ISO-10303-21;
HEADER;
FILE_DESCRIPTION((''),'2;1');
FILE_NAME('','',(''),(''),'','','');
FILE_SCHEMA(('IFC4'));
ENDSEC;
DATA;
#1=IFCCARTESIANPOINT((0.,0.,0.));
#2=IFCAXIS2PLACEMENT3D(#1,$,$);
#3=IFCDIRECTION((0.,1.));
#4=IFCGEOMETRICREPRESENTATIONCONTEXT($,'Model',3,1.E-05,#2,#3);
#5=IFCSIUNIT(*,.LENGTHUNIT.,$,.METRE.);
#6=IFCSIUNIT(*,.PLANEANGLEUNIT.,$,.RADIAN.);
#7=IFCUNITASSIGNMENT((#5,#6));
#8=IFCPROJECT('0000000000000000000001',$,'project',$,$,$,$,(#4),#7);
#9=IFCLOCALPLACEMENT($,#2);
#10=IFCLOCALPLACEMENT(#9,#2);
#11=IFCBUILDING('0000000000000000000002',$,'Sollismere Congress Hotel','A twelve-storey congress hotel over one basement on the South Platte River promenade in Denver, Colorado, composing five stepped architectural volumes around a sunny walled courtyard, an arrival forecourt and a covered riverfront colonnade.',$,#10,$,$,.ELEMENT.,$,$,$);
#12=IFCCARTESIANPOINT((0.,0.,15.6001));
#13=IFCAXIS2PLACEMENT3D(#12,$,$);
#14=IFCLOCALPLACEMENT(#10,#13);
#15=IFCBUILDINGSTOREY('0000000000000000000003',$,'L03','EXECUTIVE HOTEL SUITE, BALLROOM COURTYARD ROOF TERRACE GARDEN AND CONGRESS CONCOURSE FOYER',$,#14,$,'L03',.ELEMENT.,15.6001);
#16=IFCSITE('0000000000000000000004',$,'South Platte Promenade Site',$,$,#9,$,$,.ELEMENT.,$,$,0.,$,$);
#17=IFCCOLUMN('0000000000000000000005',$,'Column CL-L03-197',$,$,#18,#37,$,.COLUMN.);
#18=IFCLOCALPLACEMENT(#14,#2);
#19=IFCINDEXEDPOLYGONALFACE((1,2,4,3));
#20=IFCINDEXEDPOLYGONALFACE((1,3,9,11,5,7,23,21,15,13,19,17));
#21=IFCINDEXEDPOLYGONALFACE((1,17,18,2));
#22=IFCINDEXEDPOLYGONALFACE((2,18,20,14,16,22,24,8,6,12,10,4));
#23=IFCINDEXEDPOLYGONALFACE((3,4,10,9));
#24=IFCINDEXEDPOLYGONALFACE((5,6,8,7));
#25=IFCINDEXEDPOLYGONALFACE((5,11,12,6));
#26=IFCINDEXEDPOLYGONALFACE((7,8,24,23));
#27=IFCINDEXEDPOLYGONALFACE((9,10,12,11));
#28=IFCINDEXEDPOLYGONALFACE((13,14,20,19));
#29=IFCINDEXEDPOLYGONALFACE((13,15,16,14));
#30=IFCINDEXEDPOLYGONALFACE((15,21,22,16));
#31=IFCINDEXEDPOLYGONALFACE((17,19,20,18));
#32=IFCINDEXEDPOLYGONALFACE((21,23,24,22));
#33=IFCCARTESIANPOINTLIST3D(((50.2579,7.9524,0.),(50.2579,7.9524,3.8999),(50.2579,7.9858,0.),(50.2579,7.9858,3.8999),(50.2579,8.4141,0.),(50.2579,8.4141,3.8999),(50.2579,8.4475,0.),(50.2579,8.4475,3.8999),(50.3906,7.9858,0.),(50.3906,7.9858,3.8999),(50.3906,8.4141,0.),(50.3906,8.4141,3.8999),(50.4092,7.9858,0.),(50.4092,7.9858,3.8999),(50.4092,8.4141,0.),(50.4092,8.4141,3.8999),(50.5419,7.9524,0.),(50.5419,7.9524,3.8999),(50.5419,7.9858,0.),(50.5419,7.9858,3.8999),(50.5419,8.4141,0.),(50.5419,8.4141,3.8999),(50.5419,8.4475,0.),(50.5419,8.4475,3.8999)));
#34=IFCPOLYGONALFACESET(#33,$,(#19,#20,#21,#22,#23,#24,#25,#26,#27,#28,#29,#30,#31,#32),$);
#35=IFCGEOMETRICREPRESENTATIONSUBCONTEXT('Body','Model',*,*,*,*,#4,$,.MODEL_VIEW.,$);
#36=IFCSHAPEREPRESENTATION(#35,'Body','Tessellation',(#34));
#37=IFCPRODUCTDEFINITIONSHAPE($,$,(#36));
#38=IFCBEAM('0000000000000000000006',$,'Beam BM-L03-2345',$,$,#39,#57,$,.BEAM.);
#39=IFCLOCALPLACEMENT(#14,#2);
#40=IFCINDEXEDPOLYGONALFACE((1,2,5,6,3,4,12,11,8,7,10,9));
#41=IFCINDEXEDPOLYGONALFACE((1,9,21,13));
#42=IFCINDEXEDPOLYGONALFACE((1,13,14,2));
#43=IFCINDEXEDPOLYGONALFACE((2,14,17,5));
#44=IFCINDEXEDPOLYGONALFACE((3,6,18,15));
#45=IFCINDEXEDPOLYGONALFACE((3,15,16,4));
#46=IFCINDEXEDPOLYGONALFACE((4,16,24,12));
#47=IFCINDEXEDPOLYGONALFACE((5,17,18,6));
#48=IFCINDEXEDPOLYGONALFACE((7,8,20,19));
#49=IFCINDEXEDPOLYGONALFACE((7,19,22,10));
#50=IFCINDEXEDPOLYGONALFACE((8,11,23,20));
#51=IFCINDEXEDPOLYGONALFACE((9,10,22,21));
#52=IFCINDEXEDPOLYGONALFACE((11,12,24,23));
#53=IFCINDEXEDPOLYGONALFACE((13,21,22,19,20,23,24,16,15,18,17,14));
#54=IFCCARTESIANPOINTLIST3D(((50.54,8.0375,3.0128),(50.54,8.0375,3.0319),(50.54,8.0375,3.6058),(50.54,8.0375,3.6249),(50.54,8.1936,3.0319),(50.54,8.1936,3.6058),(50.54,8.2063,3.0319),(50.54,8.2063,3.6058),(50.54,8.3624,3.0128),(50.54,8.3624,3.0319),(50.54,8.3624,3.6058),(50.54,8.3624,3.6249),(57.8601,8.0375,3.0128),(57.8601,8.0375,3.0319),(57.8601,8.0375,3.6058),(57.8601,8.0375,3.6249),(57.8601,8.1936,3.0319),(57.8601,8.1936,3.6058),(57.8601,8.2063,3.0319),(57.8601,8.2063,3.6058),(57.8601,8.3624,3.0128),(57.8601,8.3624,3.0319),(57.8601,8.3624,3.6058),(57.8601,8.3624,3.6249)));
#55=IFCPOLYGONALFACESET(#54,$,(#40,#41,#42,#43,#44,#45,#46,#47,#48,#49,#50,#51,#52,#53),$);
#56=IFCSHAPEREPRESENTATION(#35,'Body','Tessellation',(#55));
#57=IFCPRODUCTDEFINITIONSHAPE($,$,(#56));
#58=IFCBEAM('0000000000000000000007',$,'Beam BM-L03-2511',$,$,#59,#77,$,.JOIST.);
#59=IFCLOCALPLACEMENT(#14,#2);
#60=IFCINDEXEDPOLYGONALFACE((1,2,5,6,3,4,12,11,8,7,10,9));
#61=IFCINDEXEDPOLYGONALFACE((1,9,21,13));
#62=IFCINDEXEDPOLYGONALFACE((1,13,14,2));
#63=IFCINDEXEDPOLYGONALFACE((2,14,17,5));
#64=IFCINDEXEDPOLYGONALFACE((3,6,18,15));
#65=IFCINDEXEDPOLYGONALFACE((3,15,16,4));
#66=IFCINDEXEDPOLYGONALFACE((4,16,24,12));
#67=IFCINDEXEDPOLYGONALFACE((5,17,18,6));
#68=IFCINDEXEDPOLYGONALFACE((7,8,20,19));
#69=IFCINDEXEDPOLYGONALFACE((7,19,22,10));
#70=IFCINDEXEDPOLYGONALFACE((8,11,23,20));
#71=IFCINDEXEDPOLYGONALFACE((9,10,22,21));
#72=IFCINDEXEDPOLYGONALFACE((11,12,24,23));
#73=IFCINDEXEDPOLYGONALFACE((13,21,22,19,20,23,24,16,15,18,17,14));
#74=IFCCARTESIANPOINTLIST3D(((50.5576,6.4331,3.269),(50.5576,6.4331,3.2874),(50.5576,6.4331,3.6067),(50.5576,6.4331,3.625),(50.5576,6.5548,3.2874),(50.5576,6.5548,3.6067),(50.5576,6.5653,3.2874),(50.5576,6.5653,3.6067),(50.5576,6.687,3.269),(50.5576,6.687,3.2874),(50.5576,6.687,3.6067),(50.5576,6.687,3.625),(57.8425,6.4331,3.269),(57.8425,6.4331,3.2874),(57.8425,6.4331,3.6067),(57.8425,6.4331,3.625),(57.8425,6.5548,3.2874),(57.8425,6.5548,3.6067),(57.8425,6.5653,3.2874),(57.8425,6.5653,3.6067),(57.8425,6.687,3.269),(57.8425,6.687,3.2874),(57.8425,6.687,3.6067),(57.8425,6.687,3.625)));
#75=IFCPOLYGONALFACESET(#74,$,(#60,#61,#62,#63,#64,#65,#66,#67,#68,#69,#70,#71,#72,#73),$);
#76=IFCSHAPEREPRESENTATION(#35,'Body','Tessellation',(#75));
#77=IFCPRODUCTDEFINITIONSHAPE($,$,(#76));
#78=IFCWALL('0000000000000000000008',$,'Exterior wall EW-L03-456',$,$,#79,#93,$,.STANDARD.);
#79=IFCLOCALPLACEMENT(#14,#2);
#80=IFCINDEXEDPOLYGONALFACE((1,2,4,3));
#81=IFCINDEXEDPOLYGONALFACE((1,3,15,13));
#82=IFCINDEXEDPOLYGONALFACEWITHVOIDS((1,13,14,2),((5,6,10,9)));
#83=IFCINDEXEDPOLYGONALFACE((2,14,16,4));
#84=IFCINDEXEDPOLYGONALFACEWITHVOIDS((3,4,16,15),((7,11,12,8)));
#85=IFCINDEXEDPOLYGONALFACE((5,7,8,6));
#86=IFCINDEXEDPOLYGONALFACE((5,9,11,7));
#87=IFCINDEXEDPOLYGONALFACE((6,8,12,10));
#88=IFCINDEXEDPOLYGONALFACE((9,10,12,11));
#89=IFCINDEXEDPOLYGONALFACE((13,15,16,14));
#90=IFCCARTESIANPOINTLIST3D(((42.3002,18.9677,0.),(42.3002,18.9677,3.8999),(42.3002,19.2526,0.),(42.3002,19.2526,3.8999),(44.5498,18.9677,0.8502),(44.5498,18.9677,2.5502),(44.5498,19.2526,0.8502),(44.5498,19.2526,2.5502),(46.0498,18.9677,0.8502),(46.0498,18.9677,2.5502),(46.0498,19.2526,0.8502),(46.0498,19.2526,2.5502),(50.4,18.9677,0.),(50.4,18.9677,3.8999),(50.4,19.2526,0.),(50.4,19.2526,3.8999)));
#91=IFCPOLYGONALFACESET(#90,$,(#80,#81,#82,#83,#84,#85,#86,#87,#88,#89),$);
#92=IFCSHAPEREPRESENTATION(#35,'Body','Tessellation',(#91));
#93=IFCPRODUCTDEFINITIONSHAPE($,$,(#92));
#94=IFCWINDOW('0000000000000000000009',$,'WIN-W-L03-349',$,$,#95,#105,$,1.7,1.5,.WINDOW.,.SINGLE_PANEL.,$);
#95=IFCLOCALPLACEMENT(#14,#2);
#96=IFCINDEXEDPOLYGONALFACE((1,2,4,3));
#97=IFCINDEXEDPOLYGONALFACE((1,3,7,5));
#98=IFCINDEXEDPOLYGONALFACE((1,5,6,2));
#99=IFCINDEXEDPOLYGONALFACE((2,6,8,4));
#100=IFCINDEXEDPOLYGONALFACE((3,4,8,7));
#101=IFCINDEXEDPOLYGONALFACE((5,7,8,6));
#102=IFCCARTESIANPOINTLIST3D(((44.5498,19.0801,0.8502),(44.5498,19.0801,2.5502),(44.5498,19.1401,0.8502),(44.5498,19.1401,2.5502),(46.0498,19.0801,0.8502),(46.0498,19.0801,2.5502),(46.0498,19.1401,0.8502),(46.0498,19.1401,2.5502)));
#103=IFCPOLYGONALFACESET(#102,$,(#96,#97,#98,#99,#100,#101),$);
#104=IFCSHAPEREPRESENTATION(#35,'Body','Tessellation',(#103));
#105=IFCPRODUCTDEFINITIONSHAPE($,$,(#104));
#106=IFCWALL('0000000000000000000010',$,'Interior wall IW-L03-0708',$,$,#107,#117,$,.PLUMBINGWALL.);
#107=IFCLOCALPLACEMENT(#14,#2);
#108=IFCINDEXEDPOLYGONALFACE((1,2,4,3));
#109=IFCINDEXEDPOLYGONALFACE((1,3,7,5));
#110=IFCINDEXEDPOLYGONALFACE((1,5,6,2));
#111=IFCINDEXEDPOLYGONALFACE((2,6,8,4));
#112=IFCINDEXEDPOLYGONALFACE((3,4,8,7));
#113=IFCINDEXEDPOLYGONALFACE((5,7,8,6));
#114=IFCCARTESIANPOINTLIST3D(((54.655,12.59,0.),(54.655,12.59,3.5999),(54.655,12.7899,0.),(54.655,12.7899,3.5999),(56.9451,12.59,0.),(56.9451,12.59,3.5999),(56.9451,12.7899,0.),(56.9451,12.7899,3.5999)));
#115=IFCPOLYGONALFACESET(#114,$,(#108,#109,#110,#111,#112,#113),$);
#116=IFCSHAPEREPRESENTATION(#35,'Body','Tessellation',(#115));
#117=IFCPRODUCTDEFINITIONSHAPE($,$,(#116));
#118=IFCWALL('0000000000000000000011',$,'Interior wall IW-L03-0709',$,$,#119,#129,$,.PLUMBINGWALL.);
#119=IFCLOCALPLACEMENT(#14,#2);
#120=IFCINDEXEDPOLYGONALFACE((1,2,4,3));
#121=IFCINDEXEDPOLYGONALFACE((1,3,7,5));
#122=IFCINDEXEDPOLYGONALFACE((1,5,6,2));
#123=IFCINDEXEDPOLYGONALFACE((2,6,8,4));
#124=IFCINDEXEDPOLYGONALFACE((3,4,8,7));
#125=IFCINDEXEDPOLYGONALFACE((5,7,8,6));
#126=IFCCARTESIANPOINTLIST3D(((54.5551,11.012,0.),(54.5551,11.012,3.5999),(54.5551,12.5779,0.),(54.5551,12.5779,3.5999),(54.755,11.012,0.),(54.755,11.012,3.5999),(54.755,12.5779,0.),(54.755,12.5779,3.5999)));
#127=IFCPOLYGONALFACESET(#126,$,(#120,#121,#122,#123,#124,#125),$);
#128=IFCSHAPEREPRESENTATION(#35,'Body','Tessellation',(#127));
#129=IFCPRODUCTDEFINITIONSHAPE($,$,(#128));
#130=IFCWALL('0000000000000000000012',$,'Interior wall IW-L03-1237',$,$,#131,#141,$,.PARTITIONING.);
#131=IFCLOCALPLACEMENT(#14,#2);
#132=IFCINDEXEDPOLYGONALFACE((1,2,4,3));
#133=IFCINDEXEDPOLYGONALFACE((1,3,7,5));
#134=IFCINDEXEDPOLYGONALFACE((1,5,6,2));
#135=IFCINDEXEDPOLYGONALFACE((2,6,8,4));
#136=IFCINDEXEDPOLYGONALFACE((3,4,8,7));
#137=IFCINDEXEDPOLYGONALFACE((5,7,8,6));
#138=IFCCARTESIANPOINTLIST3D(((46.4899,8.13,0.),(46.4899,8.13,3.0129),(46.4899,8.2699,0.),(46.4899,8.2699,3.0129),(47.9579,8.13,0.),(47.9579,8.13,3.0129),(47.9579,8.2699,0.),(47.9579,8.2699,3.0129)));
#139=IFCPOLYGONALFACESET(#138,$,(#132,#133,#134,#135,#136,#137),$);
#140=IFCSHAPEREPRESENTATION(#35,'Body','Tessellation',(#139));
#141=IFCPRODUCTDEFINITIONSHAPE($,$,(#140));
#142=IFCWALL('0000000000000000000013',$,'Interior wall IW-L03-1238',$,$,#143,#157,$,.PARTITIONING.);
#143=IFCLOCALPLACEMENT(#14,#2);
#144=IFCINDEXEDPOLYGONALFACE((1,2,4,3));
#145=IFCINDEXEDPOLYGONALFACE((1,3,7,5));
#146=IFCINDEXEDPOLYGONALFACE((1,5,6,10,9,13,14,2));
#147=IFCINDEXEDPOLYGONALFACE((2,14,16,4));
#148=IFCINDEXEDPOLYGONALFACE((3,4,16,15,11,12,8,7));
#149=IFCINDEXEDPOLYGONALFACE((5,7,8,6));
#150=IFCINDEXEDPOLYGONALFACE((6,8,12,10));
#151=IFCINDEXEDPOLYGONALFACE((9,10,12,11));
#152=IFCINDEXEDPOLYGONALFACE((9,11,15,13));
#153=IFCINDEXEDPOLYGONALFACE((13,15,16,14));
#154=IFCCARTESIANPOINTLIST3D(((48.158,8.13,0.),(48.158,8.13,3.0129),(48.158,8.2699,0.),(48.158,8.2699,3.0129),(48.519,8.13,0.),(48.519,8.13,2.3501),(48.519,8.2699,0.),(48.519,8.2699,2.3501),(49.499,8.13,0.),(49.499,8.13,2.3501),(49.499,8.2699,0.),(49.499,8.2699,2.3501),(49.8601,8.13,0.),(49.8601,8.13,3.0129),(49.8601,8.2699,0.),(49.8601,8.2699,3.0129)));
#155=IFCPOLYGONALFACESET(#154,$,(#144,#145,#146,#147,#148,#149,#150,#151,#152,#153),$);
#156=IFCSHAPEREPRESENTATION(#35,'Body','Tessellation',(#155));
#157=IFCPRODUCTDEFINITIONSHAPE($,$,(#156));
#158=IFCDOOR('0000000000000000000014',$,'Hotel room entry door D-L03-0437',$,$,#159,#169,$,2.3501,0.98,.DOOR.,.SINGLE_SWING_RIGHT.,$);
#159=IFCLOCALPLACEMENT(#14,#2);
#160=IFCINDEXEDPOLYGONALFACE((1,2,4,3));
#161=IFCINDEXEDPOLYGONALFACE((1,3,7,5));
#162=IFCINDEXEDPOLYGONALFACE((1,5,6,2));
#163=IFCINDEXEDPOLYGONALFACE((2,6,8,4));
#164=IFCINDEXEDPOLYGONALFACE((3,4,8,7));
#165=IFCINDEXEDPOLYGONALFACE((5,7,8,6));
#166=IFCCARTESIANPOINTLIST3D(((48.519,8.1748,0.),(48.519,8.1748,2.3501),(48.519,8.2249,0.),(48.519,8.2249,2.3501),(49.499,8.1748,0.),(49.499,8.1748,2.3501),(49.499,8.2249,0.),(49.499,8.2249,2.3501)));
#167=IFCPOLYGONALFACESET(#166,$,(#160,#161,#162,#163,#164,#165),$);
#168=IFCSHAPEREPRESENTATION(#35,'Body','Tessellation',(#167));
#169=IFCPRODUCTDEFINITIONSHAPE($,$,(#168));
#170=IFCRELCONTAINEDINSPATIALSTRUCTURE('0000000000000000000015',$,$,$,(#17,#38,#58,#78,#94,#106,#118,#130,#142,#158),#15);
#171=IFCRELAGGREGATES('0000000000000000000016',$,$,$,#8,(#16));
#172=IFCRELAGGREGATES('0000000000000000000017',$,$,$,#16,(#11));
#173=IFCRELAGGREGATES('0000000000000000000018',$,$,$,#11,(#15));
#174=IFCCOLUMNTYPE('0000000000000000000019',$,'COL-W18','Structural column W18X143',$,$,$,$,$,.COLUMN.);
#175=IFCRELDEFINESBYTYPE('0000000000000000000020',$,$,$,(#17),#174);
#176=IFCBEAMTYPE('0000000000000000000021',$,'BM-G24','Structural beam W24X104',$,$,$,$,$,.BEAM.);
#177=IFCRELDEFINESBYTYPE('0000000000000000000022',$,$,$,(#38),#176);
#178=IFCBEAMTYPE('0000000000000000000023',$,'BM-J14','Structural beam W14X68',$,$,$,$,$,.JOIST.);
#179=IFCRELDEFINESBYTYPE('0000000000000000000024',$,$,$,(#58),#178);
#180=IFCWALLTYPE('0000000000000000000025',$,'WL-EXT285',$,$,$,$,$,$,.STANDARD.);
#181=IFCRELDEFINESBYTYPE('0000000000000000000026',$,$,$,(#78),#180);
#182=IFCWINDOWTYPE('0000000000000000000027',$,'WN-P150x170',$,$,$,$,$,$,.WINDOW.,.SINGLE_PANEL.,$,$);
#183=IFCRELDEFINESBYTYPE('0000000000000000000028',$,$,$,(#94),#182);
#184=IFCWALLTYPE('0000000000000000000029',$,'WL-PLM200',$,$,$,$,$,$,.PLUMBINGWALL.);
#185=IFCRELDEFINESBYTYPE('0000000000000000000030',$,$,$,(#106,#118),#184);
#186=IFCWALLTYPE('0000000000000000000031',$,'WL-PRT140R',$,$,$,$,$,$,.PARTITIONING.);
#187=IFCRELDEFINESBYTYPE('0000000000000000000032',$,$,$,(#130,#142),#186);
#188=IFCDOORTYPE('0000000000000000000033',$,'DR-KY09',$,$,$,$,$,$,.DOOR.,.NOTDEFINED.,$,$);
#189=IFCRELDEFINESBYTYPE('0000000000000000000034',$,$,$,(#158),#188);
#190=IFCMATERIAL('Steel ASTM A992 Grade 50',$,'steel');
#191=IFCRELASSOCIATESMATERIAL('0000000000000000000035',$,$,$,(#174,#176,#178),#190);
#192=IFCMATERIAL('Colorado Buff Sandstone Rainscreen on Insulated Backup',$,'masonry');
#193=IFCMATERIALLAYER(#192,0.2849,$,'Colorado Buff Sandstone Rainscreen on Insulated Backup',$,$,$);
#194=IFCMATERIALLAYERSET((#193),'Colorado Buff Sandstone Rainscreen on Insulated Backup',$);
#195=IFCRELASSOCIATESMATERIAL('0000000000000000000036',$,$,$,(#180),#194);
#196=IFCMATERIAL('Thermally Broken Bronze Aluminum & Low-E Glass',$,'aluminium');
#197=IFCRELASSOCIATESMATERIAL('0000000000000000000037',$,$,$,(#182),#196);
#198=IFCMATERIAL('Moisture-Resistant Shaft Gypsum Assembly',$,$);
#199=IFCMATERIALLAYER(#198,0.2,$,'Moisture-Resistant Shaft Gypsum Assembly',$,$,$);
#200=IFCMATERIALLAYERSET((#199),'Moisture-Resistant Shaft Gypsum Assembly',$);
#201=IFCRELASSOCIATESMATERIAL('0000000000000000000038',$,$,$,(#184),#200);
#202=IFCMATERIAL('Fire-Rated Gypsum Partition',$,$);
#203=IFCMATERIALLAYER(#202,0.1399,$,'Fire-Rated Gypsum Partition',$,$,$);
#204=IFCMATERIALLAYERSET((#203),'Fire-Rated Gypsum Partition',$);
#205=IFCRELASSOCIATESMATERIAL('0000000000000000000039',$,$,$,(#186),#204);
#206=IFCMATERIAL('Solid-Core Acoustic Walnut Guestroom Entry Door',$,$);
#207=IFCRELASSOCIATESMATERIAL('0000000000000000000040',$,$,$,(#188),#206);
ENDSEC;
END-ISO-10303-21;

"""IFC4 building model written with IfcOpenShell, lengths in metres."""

from ifc_helpers import new_model, si_unit, direction, frame, frame_2d, origin, origin_2d, place, context, subcontext, project, spatial, rectangle, i_section, extrude, material, layer, layer_set, material_profile, profile_set, type_object, element, fill, save


model = new_model("IFC4")

# Units and contexts
model_context = context("Model", 3, precision=1e-05, world=origin(), true_north=direction((0.0, 1.0)))
body_context = subcontext(model_context, "Body", "Model", "MODEL_VIEW")
ifc_project = project(units=[si_unit("LENGTHUNIT", "METRE"), si_unit("PLANEANGLEUNIT", "RADIAN")], contexts=[model_context])

# Site, building, storey
site_placement = place(None, origin())
site = spatial("IfcSite", under=ifc_project, at=site_placement, Name="South Platte Promenade Site", CompositionType="ELEMENT", RefElevation=0.0)
building_placement = place(site_placement, origin())
building = spatial("IfcBuilding", under=site, at=building_placement, Name="Sollismere Congress Hotel", Description="A twelve-storey congress hotel over one basement on the South Platte River promenade in Denver, Colorado, composing five stepped architectural volumes around a sunny walled courtyard, an arrival forecourt and a covered riverfront colonnade.", CompositionType="ELEMENT")
storey_placement = place(building_placement, frame((0.0, 0.0, 15.6001)))
storey = spatial("IfcBuildingStorey", under=building, at=storey_placement, Name="L03", Description="EXECUTIVE HOTEL SUITE, BALLROOM COURTYARD ROOF TERRACE GARDEN AND CONGRESS CONCOURSE FOYER", LongName="L03", CompositionType="ELEMENT", Elevation=15.6001)

# Column
ifc_material_1 = material(Name="Steel ASTM A992 Grade 50", Category="steel")
ifc_material_profile_1 = material_profile(ifc_material_1, i_section(OverallWidth=0.2839, OverallDepth=0.4951, WebThickness=0.0186, FlangeThickness=0.0334, at=origin_2d()), Name="W18X143")
ifc_profile_set_1 = profile_set([ifc_material_profile_1], Name="Steel ASTM A992 Grade 50")
column_type = type_object("IfcColumnType", Name="COL-W18", Description="Structural column W18X143", PredefinedType="COLUMN", material=ifc_profile_set_1)
column_placement = place(storey_placement, frame((50.3999, 8.2, 0.0), z_axis=(0.0, 0.0, 1.0), x_axis=(1.0, 0.0, 0.0)))
element("IfcColumn", 1, at=column_placement, inside=storey, type_object=column_type, Name="Column CL-L03-197", PredefinedType="COLUMN", context=body_context, shape_type="SweptSolid", body=[
    extrude(i_section(OverallWidth=0.2839, OverallDepth=0.4951, WebThickness=0.0186, FlangeThickness=0.0334, at=origin_2d()), origin(), (0.0, 0.0, 1.0), 3.8999),
])

# Beams
ifc_material_profile_2 = material_profile(ifc_material_1, i_section(OverallWidth=0.325, OverallDepth=0.6121, WebThickness=0.0127, FlangeThickness=0.019, at=origin_2d()), Name="W24X104")
ifc_profile_set_2 = profile_set([ifc_material_profile_2], Name="Steel ASTM A992 Grade 50")
beam_type_1 = type_object("IfcBeamType", Name="BM-G24", Description="Structural beam W24X104", PredefinedType="BEAM", material=ifc_profile_set_2)
beam_1_placement = place(storey_placement, frame((50.54, 8.2, 3.3188), z_axis=(1.0, 0.0, 0.0), x_axis=(0.0, 1.0, 0.0)))
element("IfcBeam", 2, at=beam_1_placement, inside=storey, type_object=beam_type_1, Name="Beam BM-L03-2345", PredefinedType="BEAM", context=body_context, shape_type="SweptSolid", body=[
    extrude(i_section(OverallWidth=0.325, OverallDepth=0.6121, WebThickness=0.0127, FlangeThickness=0.019, at=origin_2d()), origin(), (0.0, 0.0, 1.0), 7.3201),
])
ifc_material_profile_3 = material_profile(ifc_material_1, i_section(OverallWidth=0.2539, OverallDepth=0.356, WebThickness=0.0105, FlangeThickness=0.0183, at=origin_2d()), Name="W14X68")
ifc_profile_set_3 = profile_set([ifc_material_profile_3], Name="Steel ASTM A992 Grade 50")
beam_type_2 = type_object("IfcBeamType", Name="BM-J14", Description="Structural beam W14X68", PredefinedType="JOIST", material=ifc_profile_set_3)
beam_2_placement = place(storey_placement, frame((50.5576, 6.5601, 3.447), z_axis=(1.0, 0.0, 0.0), x_axis=(0.0, 1.0, 0.0)))
element("IfcBeam", 3, at=beam_2_placement, inside=storey, type_object=beam_type_2, Name="Beam BM-L03-2511", PredefinedType="JOIST", context=body_context, shape_type="SweptSolid", body=[
    extrude(i_section(OverallWidth=0.2539, OverallDepth=0.356, WebThickness=0.0105, FlangeThickness=0.0183, at=origin_2d()), origin(), (0.0, 0.0, 1.0), 7.2849),
])

# Wall, opening, window
ifc_material_2 = material(Name="Colorado Buff Sandstone Rainscreen on Insulated Backup", Category="masonry")
ifc_layer_1 = layer(ifc_material_2, 0.2849, Name="Colorado Buff Sandstone Rainscreen on Insulated Backup")
ifc_layer_set_1 = layer_set([ifc_layer_1], Name="Colorado Buff Sandstone Rainscreen on Insulated Backup")
wall_type_1 = type_object("IfcWallType", Name="WL-EXT285", PredefinedType="STANDARD", material=ifc_layer_set_1)
wall_1_placement = place(storey_placement, frame((50.3999, 19.1101, 0.0), z_axis=(0.0, 0.0, 1.0), x_axis=(-1.0, 0.0, 0.0)))
wall_1 = element("IfcWall", 4, at=wall_1_placement, inside=storey, type_object=wall_type_1, Name="Exterior wall EW-L03-456", PredefinedType="STANDARD", context=body_context, shape_type="SweptSolid", body=[
    extrude(rectangle(XDim=8.0999, YDim=0.2849, at=frame_2d((4.0498, 0.0))), origin(), (0.0, 0.0, 1.0), 3.8999),
])
opening_1_placement = place(wall_1_placement, frame((4.3501, 0.0, 0.8501)))
opening_1 = element("IfcOpeningElement", 5, at=opening_1_placement, cuts=wall_1, PredefinedType="OPENING", context=body_context, shape_type="SweptSolid", body=[
    extrude(rectangle(XDim=1.5, YDim=1.7, at=frame_2d((0.75, 0.8501))), frame((0.0, 0.1523, 0.0), z_axis=(0.0, -1.0, 0.0), x_axis=(1.0, 0.0, 0.0)), (0.0, 0.0, 1.0), 0.3049),
])
ifc_material_3 = material(Name="Thermally Broken Bronze Aluminum & Low-E Glass", Category="aluminium")
window_type = type_object("IfcWindowType", Name="WN-P150x170", PartitioningType="SINGLE_PANEL", PredefinedType="WINDOW", material=ifc_material_3)
window_placement = place(opening_1_placement, origin())
window = element("IfcWindow", 6, at=window_placement, inside=storey, type_object=window_type, Name="WIN-W-L03-349", OverallHeight=1.7, OverallWidth=1.5, PartitioningType="SINGLE_PANEL", PredefinedType="WINDOW", context=body_context, shape_type="SweptSolid", body=[
    extrude(rectangle(XDim=1.5, YDim=1.7, at=frame_2d((0.75, 0.8501))), frame((0.0, 0.03, 0.0), z_axis=(0.0, -1.0, 0.0), x_axis=(1.0, 0.0, 0.0)), (0.0, 0.0, 1.0), 0.0601),
])
fill(opening_1, window)

# Walls
ifc_material_4 = material(Name="Moisture-Resistant Shaft Gypsum Assembly")
ifc_layer_2 = layer(ifc_material_4, 0.2, Name="Moisture-Resistant Shaft Gypsum Assembly")
ifc_layer_set_2 = layer_set([ifc_layer_2], Name="Moisture-Resistant Shaft Gypsum Assembly")
wall_type_2 = type_object("IfcWallType", Name="WL-PLM200", PredefinedType="PLUMBINGWALL", material=ifc_layer_set_2)
wall_2_placement = place(storey_placement, frame((54.655, 12.6899, 0.0), z_axis=(0.0, 0.0, 1.0), x_axis=(1.0, 0.0, 0.0)))
element("IfcWall", 7, at=wall_2_placement, inside=storey, type_object=wall_type_2, Name="Interior wall IW-L03-0708", PredefinedType="PLUMBINGWALL", context=body_context, shape_type="SweptSolid", body=[
    extrude(rectangle(XDim=2.29, YDim=0.2, at=frame_2d((1.145, 0.0))), origin(), (0.0, 0.0, 1.0), 3.5999),
])
wall_3_placement = place(storey_placement, frame((54.655, 11.012, 0.0), z_axis=(0.0, 0.0, 1.0), x_axis=(0.0, 1.0, 0.0)))
element("IfcWall", 8, at=wall_3_placement, inside=storey, type_object=wall_type_2, Name="Interior wall IW-L03-0709", PredefinedType="PLUMBINGWALL", context=body_context, shape_type="SweptSolid", body=[
    extrude(rectangle(XDim=1.5659, YDim=0.2, at=frame_2d((0.783, 0.0))), origin(), (0.0, 0.0, 1.0), 3.5999),
])
ifc_material_5 = material(Name="Fire-Rated Gypsum Partition")
ifc_layer_3 = layer(ifc_material_5, 0.1399, Name="Fire-Rated Gypsum Partition")
ifc_layer_set_3 = layer_set([ifc_layer_3], Name="Fire-Rated Gypsum Partition")
wall_type_3 = type_object("IfcWallType", Name="WL-PRT140R", PredefinedType="PARTITIONING", material=ifc_layer_set_3)
wall_4_placement = place(storey_placement, frame((46.49, 8.2, 0.0), z_axis=(0.0, 0.0, 1.0), x_axis=(1.0, 0.0, 0.0)))
element("IfcWall", 9, at=wall_4_placement, inside=storey, type_object=wall_type_3, Name="Interior wall IW-L03-1237", PredefinedType="PARTITIONING", context=body_context, shape_type="SweptSolid", body=[
    extrude(rectangle(XDim=1.468, YDim=0.1399, at=frame_2d((0.7339, 0.0))), origin(), (0.0, 0.0, 1.0), 3.0129),
])

# Wall, opening, door
wall_5_placement = place(storey_placement, frame((48.158, 8.2, 0.0), z_axis=(0.0, 0.0, 1.0), x_axis=(1.0, 0.0, 0.0)))
wall_5 = element("IfcWall", 10, at=wall_5_placement, inside=storey, type_object=wall_type_3, Name="Interior wall IW-L03-1238", PredefinedType="PARTITIONING", context=body_context, shape_type="SweptSolid", body=[
    extrude(rectangle(XDim=1.7021, YDim=0.1399, at=frame_2d((0.8511, 0.0))), origin(), (0.0, 0.0, 1.0), 3.0129),
])
opening_2_placement = place(wall_5_placement, frame((0.3611, 0.0, 0.0)))
opening_2 = element("IfcOpeningElement", 11, at=opening_2_placement, cuts=wall_5, PredefinedType="OPENING", context=body_context, shape_type="SweptSolid", body=[
    extrude(rectangle(XDim=0.98, YDim=2.3501, at=frame_2d((0.49, 1.175))), frame((0.0, 0.0798, 0.0), z_axis=(0.0, -1.0, 0.0), x_axis=(1.0, 0.0, 0.0)), (0.0, 0.0, 1.0), 0.1599),
])
ifc_material_6 = material(Name="Solid-Core Acoustic Walnut Guestroom Entry Door")
door_type_1 = type_object("IfcDoorType", Name="DR-KY09", OperationType="NOTDEFINED", PredefinedType="DOOR", material=ifc_material_6)
door_1_placement = place(opening_2_placement, origin())
door_1 = element("IfcDoor", 12, at=door_1_placement, inside=storey, type_object=door_type_1, Name="Hotel room entry door D-L03-0437", OperationType="SINGLE_SWING_RIGHT", OverallHeight=2.3501, OverallWidth=0.98, PredefinedType="DOOR", context=body_context, shape_type="SweptSolid", body=[
    extrude(rectangle(XDim=0.98, YDim=2.3501, at=frame_2d((0.49, 1.175))), frame((0.0, 0.0249, 0.0), z_axis=(0.0, -1.0, 0.0), x_axis=(1.0, 0.0, 0.0)), (0.0, 0.0, 1.0), 0.05),
])
fill(opening_2, door_1)

save(model, "model.ifc")
